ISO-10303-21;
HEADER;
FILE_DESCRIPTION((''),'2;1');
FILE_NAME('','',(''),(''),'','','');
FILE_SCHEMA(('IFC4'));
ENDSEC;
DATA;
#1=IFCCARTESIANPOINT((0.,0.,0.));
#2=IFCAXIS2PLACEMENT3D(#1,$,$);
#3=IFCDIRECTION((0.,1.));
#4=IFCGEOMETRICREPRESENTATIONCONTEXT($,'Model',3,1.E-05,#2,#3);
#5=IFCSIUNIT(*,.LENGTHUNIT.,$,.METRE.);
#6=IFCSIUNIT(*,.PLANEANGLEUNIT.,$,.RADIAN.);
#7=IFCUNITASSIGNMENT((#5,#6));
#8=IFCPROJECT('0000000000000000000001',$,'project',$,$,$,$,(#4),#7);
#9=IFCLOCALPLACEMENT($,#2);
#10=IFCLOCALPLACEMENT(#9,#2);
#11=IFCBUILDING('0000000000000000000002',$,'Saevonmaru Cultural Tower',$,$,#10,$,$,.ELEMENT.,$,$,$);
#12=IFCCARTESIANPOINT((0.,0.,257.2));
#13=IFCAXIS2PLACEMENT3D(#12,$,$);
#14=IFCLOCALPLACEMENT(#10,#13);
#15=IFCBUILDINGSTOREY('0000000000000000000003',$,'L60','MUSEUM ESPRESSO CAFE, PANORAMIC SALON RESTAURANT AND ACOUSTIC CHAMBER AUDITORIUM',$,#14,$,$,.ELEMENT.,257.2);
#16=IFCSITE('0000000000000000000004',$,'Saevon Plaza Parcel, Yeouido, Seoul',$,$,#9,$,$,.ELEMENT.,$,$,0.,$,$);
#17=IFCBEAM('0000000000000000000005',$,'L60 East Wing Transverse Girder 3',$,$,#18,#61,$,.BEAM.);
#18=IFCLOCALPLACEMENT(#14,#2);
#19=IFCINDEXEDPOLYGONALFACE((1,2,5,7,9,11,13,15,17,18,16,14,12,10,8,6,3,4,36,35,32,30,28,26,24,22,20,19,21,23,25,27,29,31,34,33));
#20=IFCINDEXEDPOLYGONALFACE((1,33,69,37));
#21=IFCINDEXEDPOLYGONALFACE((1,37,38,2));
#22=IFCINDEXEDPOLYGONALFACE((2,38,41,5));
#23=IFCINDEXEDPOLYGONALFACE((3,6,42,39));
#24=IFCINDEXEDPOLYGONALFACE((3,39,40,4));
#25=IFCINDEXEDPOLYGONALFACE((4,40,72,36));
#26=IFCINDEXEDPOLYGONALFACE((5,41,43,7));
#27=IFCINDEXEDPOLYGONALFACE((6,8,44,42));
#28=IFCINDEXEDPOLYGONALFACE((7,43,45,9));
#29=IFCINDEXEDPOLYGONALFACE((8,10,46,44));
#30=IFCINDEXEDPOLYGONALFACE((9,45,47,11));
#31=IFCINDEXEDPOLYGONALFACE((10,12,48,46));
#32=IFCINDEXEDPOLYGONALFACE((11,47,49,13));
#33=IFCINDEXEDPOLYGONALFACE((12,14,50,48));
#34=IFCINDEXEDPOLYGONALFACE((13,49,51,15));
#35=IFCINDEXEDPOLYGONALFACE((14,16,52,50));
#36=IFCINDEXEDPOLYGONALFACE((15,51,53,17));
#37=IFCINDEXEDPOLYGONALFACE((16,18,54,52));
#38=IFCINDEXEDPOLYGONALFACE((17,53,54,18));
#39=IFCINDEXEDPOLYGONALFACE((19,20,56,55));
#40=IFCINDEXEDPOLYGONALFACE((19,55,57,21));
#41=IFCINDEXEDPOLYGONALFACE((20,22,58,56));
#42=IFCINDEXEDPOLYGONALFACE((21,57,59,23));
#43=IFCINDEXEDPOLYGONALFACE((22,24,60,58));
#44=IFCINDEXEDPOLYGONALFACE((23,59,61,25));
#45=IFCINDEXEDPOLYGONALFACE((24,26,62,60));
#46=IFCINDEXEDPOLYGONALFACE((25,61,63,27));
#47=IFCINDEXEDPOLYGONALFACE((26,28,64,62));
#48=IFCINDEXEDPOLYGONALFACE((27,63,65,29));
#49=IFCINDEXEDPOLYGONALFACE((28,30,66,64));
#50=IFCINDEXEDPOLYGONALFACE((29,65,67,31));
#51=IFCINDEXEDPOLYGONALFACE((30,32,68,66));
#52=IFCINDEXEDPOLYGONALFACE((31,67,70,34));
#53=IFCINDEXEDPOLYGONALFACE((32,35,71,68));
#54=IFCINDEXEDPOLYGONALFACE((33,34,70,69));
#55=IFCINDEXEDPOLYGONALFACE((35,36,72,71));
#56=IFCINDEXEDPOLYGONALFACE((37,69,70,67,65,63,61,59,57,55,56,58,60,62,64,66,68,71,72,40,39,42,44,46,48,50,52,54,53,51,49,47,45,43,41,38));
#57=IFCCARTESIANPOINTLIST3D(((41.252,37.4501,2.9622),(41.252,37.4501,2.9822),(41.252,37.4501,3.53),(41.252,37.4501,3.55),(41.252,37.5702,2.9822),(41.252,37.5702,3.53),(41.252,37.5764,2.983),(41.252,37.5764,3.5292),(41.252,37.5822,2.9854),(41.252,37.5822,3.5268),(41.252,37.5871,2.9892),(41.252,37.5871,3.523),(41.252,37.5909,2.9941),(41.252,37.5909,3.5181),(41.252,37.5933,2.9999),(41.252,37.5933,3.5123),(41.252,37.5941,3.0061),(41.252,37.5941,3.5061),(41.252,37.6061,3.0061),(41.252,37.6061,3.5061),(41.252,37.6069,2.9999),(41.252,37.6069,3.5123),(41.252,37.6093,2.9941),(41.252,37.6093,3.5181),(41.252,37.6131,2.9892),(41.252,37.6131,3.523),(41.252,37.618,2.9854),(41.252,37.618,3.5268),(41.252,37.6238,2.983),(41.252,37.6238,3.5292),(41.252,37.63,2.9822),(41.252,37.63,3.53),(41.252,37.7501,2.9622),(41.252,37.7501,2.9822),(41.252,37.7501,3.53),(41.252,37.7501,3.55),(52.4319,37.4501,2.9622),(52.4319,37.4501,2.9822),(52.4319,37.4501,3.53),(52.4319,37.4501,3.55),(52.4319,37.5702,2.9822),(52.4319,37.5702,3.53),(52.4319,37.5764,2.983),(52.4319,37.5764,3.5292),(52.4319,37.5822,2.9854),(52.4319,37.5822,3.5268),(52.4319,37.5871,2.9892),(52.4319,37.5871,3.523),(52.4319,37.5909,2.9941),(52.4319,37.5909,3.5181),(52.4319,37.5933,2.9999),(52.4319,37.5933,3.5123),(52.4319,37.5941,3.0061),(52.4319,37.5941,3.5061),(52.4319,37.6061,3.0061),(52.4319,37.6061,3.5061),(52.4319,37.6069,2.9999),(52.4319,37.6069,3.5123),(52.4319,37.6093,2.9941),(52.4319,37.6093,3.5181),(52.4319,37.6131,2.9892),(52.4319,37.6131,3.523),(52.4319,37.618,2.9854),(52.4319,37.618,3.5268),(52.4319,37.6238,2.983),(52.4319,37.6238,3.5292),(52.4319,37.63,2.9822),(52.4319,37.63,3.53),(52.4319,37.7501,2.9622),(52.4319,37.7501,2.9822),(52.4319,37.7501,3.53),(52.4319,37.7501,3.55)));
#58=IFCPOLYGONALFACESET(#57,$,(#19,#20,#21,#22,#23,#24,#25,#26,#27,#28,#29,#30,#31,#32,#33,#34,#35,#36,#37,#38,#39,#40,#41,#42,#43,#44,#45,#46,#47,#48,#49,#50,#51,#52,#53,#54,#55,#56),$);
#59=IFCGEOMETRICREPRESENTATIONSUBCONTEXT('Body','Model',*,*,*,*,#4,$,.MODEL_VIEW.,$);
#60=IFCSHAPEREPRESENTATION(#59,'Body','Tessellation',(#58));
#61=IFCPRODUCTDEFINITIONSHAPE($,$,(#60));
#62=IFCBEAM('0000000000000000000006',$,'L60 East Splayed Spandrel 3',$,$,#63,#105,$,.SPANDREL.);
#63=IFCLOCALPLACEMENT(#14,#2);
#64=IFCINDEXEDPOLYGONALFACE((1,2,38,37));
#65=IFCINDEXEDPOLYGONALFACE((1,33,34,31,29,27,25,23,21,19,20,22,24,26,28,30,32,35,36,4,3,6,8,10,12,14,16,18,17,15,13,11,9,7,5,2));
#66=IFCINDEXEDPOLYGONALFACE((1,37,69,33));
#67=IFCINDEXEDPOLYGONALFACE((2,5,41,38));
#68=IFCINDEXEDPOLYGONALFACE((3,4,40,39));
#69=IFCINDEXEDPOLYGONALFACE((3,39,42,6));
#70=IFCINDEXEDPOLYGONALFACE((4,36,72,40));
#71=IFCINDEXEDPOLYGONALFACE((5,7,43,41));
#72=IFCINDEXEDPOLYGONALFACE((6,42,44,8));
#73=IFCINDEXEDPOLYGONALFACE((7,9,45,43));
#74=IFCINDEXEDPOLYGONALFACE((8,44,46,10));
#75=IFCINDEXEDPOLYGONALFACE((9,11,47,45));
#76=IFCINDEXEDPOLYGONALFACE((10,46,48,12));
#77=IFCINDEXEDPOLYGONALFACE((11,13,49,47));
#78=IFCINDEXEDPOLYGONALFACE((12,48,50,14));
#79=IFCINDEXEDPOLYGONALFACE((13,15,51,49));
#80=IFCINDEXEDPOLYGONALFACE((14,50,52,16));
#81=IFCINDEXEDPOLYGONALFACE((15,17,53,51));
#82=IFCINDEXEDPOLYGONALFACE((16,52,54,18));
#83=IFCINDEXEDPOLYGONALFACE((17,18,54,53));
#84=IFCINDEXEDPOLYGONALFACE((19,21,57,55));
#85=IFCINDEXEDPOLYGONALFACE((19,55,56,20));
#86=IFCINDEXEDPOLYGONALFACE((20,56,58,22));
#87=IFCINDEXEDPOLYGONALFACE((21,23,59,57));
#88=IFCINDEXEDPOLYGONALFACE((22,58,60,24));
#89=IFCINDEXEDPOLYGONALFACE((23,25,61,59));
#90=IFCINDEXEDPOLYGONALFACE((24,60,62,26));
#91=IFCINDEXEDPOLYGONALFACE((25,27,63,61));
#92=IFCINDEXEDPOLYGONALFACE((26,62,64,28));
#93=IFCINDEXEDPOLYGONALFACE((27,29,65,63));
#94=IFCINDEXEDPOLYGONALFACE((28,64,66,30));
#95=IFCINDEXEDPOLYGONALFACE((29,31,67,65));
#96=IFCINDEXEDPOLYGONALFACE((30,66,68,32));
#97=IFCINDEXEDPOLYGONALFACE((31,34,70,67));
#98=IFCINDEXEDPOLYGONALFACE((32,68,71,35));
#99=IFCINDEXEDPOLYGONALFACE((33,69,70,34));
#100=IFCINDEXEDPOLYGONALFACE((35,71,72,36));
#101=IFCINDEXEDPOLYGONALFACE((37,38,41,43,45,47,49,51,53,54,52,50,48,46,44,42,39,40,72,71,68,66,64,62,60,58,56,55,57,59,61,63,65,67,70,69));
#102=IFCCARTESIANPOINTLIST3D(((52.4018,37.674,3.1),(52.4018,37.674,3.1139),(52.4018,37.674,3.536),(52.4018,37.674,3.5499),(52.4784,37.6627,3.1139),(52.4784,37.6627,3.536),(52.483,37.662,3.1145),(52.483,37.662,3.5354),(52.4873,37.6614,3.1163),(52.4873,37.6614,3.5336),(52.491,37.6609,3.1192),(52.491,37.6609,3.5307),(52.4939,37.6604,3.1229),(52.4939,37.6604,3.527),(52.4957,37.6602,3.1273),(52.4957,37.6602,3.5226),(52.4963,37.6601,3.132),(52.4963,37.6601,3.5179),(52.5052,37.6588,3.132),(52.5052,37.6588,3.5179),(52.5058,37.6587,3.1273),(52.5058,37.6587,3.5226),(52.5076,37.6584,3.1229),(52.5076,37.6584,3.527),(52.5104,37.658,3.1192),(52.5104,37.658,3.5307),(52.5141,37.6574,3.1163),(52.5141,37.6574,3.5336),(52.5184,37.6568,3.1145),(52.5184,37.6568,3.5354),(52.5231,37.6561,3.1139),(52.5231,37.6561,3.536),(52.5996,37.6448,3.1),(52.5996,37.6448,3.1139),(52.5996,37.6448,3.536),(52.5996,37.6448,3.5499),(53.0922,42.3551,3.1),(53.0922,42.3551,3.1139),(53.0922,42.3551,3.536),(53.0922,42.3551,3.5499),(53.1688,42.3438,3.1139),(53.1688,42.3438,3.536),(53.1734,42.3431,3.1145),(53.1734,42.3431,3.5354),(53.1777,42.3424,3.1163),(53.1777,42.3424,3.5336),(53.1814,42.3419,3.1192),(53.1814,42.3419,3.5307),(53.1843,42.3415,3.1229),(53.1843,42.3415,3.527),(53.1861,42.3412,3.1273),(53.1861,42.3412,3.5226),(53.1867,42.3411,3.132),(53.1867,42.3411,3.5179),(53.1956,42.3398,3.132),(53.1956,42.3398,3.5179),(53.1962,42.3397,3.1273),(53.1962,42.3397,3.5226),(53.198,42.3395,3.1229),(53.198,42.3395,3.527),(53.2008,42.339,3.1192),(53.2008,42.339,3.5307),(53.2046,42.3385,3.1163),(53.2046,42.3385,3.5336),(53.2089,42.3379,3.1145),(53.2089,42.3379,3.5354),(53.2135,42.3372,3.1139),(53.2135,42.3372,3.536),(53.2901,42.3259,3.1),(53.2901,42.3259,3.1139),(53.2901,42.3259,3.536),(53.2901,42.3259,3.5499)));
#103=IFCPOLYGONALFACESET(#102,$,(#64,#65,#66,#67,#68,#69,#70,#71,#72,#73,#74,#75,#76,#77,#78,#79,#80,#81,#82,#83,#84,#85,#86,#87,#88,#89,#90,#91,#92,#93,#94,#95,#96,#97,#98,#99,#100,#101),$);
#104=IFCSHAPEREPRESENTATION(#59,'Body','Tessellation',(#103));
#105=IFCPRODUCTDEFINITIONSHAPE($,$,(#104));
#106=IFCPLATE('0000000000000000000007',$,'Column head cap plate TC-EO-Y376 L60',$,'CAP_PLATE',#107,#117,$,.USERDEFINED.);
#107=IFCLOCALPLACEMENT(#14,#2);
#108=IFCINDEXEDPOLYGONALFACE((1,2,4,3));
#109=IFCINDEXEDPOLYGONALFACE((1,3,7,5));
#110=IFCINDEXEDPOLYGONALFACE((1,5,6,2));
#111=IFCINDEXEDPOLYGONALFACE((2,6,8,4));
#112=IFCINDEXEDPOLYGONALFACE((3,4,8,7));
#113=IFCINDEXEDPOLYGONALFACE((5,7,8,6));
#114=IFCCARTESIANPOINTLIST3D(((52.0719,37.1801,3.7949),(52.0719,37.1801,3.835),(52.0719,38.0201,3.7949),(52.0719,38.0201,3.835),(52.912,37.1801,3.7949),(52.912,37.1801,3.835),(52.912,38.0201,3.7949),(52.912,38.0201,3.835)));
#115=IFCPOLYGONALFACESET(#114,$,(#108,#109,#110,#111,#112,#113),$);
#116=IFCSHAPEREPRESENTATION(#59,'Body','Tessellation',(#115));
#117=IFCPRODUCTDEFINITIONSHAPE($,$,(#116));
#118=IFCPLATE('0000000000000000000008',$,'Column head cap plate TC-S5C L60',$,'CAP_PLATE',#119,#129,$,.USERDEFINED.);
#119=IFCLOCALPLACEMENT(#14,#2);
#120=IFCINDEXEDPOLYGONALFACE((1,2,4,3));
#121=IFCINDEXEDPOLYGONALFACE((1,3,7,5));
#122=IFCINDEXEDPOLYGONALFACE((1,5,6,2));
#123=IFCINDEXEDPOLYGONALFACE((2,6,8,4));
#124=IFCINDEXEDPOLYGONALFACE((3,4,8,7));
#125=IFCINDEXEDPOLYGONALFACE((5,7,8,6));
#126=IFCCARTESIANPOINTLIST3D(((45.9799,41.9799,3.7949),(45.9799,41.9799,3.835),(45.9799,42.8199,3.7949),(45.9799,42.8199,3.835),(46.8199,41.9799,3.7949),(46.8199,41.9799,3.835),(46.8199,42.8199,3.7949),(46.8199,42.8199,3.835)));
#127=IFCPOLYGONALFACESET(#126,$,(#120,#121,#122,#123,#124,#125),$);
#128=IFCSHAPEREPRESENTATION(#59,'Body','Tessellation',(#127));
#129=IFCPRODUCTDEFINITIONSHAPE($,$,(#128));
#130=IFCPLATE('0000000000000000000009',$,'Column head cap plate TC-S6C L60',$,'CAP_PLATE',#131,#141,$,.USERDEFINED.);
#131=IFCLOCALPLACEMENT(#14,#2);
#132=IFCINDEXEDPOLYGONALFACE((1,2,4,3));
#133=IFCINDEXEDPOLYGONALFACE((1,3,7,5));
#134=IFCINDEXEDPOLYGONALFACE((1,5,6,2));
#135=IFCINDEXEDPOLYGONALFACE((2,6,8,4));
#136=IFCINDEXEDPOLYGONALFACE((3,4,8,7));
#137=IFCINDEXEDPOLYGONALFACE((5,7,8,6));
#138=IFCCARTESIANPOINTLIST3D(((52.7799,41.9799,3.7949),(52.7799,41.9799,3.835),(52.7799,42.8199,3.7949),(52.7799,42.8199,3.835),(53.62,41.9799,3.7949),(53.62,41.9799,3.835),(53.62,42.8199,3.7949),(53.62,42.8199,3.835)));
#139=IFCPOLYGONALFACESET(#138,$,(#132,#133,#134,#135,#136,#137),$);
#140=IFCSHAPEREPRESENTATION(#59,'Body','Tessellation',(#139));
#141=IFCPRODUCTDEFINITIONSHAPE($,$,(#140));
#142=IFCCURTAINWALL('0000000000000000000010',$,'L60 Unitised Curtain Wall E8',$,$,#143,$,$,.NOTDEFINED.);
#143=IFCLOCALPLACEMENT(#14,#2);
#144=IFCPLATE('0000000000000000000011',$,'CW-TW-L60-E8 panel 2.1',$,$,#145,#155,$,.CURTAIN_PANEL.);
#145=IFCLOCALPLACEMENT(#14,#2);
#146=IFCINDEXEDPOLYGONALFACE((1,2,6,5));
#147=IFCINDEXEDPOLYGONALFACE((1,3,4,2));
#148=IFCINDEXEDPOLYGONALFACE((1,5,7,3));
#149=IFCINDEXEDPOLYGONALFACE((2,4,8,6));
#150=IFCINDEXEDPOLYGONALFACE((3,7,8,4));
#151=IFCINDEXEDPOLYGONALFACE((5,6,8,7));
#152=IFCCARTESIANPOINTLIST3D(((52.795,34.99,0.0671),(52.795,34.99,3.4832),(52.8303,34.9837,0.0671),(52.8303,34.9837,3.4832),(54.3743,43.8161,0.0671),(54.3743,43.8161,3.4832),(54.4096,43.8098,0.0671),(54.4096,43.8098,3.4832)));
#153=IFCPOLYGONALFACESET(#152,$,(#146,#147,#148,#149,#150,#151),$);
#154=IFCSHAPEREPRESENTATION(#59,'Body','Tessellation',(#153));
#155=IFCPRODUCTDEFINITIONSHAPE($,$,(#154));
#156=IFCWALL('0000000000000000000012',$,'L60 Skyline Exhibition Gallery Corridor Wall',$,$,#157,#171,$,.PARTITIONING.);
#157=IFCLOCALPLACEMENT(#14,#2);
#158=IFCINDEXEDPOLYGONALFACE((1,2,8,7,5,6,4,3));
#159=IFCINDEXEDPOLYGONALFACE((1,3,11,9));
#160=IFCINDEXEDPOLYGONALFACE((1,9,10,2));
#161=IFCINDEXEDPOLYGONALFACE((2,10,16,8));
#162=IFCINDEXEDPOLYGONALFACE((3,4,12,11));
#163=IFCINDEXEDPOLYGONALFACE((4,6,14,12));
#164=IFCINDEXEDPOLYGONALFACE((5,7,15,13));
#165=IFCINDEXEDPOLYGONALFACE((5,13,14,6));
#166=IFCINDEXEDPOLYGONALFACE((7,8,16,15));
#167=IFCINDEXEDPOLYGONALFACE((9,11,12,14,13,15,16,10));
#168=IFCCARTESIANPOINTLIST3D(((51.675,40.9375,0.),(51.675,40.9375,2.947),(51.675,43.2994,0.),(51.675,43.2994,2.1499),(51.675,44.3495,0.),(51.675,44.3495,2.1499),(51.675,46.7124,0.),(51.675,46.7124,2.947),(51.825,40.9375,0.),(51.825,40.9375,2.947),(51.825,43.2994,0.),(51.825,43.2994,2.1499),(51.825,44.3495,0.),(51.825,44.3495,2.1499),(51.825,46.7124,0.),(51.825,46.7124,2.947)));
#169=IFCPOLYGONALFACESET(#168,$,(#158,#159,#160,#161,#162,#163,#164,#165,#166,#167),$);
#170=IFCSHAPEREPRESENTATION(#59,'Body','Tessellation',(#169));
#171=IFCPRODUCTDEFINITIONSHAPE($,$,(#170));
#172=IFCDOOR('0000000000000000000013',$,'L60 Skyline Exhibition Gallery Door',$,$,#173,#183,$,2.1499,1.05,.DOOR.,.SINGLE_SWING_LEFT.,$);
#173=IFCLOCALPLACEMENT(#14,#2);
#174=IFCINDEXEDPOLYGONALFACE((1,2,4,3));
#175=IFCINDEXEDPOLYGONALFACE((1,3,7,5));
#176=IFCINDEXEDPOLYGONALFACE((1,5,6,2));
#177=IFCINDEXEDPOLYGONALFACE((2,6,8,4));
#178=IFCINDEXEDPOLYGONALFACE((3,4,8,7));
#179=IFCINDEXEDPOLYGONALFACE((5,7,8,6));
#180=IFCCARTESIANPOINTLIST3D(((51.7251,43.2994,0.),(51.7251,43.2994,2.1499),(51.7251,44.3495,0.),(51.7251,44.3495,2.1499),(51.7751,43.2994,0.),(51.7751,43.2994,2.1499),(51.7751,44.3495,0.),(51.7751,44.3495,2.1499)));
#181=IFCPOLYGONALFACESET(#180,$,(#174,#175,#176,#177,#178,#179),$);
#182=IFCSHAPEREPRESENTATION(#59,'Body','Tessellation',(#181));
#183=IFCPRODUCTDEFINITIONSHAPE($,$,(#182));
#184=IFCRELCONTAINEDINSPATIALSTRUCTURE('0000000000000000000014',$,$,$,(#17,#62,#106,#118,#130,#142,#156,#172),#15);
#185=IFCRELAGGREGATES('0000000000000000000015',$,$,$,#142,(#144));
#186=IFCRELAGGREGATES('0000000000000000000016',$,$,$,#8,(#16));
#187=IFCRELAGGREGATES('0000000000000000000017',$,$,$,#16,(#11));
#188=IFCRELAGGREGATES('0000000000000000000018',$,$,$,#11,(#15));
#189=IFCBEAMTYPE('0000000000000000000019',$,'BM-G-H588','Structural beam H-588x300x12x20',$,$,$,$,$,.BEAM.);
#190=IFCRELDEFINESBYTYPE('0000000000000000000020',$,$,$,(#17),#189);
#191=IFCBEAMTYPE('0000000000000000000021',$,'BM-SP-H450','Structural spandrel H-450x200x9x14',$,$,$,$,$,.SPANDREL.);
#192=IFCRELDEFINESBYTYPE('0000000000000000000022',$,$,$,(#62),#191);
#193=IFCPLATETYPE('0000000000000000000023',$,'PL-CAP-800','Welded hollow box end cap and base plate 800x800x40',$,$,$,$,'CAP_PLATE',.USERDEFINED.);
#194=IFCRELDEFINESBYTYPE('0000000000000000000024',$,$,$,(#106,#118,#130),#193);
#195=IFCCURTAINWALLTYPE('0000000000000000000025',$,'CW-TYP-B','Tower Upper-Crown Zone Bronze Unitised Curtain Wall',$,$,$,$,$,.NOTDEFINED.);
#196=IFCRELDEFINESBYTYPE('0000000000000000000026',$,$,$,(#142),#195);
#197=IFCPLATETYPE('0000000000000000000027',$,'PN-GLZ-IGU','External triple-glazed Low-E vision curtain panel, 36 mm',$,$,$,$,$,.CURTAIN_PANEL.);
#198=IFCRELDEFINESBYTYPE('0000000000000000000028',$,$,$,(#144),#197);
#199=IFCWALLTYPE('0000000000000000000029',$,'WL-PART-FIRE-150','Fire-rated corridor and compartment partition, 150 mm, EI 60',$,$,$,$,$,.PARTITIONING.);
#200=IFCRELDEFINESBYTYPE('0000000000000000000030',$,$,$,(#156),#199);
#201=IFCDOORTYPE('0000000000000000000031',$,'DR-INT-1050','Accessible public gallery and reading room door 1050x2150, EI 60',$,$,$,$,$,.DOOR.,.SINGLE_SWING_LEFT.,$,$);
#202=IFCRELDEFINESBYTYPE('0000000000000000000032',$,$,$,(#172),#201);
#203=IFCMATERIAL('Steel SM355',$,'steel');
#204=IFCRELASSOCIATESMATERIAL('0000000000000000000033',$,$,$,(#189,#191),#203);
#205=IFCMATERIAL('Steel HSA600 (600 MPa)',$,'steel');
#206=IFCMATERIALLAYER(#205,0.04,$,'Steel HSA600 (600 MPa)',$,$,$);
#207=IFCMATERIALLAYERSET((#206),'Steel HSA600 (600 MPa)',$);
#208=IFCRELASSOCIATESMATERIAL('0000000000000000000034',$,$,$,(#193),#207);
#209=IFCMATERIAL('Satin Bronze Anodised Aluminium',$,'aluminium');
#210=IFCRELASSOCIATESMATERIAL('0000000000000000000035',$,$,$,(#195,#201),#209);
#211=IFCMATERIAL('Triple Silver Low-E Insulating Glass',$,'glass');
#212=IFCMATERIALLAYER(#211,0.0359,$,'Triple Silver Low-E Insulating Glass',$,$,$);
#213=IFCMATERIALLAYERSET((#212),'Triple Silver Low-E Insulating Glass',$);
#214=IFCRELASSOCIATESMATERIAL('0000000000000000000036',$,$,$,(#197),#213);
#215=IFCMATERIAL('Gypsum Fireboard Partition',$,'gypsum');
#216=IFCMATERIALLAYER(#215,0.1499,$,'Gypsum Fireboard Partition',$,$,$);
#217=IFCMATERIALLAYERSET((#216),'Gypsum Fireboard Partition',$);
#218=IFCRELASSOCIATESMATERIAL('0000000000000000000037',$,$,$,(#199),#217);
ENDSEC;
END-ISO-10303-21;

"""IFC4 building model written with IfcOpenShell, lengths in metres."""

from ifc_helpers import new_model, si_unit, direction, frame, frame_2d, origin, origin_2d, place, context, subcontext, project, spatial, rectangle, i_section, extrude, material, layer, layer_set, material_profile, profile_set, type_object, element, fill, aggregate, save


model = new_model("IFC4")

# Units and contexts
model_context = context("Model", 3, precision=1e-05, world=origin(), true_north=direction((0.0, 1.0)))
body_context = subcontext(model_context, "Body", "Model", "MODEL_VIEW")
ifc_project = project(units=[si_unit("LENGTHUNIT", "METRE"), si_unit("PLANEANGLEUNIT", "RADIAN")], contexts=[model_context])

# Site, building, storey
site_placement = place(None, origin())
site = spatial("IfcSite", under=ifc_project, at=site_placement, Name="Saevon Plaza Parcel, Yeouido, Seoul", CompositionType="ELEMENT", RefElevation=0.0)
building_placement = place(site_placement, origin())
building = spatial("IfcBuilding", under=site, at=building_placement, Name="Saevonmaru Cultural Tower", CompositionType="ELEMENT")
storey_placement = place(building_placement, frame((0.0, 0.0, 257.2)))
storey = spatial("IfcBuildingStorey", under=building, at=storey_placement, Name="L60", Description="MUSEUM ESPRESSO CAFE, PANORAMIC SALON RESTAURANT AND ACOUSTIC CHAMBER AUDITORIUM", CompositionType="ELEMENT", Elevation=257.2)

# Shared definitions
ifc_material_1 = material(Name="Steel SM355", Category="steel")

# Beams
ifc_material_profile_1 = material_profile(ifc_material_1, i_section(OverallWidth=0.3, OverallDepth=0.5879, WebThickness=0.012, FlangeThickness=0.02, FilletRadius=0.0239, at=origin_2d()), Name="H-588x300x12x20")
ifc_profile_set_1 = profile_set([ifc_material_profile_1], Name="Steel SM355")
beam_type_1 = type_object("IfcBeamType", Name="BM-G-H588", Description="Structural beam H-588x300x12x20", PredefinedType="BEAM", material=ifc_profile_set_1)
beam_1_placement = place(storey_placement, frame((41.252, 37.6001, 3.2561), z_axis=(1.0, 0.0, 0.0), x_axis=(0.0, 1.0, 0.0)))
element("IfcBeam", 1, at=beam_1_placement, inside=storey, type_object=beam_type_1, Name="L60 East Wing Transverse Girder 3", PredefinedType="BEAM", context=body_context, shape_type="SweptSolid", body=[
    extrude(i_section(OverallWidth=0.3, OverallDepth=0.5879, WebThickness=0.012, FlangeThickness=0.02, FilletRadius=0.0239, at=origin_2d()), origin(), (0.0, 0.0, 1.0), 11.1799),
])
ifc_material_profile_2 = material_profile(ifc_material_1, i_section(OverallWidth=0.2, OverallDepth=0.45, WebThickness=0.009, FlangeThickness=0.0139, FilletRadius=0.0181, at=origin_2d()), Name="H-450x200x9x14")
ifc_profile_set_2 = profile_set([ifc_material_profile_2], Name="Steel SM355")
beam_type_2 = type_object("IfcBeamType", Name="BM-SP-H450", Description="Structural spandrel H-450x200x9x14", PredefinedType="SPANDREL", material=ifc_profile_set_2)
beam_2_placement = place(storey_placement, frame((52.5007, 37.6594, 3.325), z_axis=(0.145913, 0.989297, 0.0), x_axis=(-0.989297, 0.145913, 0.0)))
element("IfcBeam", 2, at=beam_2_placement, inside=storey, type_object=beam_type_2, Name="L60 East Splayed Spandrel 3", PredefinedType="SPANDREL", context=body_context, shape_type="SweptSolid", body=[
    extrude(i_section(OverallWidth=0.2, OverallDepth=0.45, WebThickness=0.009, FlangeThickness=0.0139, FilletRadius=0.0181, at=origin_2d()), origin(), (0.0, 0.0, 1.0), 4.7317),
])

# Plates
ifc_material_2 = material(Name="Steel HSA600 (600 MPa)", Category="steel")
ifc_layer_1 = layer(ifc_material_2, 0.04, Name="Steel HSA600 (600 MPa)")
ifc_layer_set_1 = layer_set([ifc_layer_1], Name="Steel HSA600 (600 MPa)")
plate_type_1 = type_object("IfcPlateType", Name="PL-CAP-800", Description="Welded hollow box end cap and base plate 800x800x40", ElementType="CAP_PLATE", PredefinedType="USERDEFINED", material=ifc_layer_set_1)
for number, where, z_axis, x_axis, name in (
    (3, (52.4919, 37.6001, 3.7949), (0.0, 0.0, 1.0), (1.0, 0.0, 0.0), "Column head cap plate TC-EO-Y376 L60"),
    (4, (46.3999, 42.3999, 3.7949), (0.0, 0.0, 1.0), (1.0, 0.0, 0.0), "Column head cap plate TC-S5C L60"),
    (5, (53.2, 42.3999, 3.7949), (0.0, 0.0, 1.0), (1.0, 0.0, 0.0), "Column head cap plate TC-S6C L60"),
):
    element("IfcPlate", number, at=place(storey_placement, frame(where, z_axis=z_axis, x_axis=x_axis)), inside=storey, type_object=plate_type_1, Name=name, ObjectType="CAP_PLATE", PredefinedType="USERDEFINED", context=body_context, shape_type="SweptSolid", body=[
        extrude(rectangle(XDim=0.8401, YDim=0.8401, at=origin_2d()), origin(), (0.0, 0.0, 1.0), 0.04),
    ])

# Curtain wall, plate
ifc_material_3 = material(Name="Satin Bronze Anodised Aluminium", Category="aluminium")
curtain_wall_type = type_object("IfcCurtainWallType", Name="CW-TYP-B", Description="Tower Upper-Crown Zone Bronze Unitised Curtain Wall", PredefinedType="NOTDEFINED", material=ifc_material_3)
curtain_wall_placement = place(storey_placement, origin())
curtain_wall = element("IfcCurtainWall", 6, at=curtain_wall_placement, inside=storey, type_object=curtain_wall_type, Name="L60 Unitised Curtain Wall E8", PredefinedType="NOTDEFINED")
ifc_material_4 = material(Name="Triple Silver Low-E Insulating Glass", Category="glass")
ifc_layer_2 = layer(ifc_material_4, 0.0359, Name="Triple Silver Low-E Insulating Glass")
ifc_layer_set_2 = layer_set([ifc_layer_2], Name="Triple Silver Low-E Insulating Glass")
plate_type_2 = type_object("IfcPlateType", Name="PN-GLZ-IGU", Description="External triple-glazed Low-E vision curtain panel, 36 mm", PredefinedType="CURTAIN_PANEL", material=ifc_layer_set_2)
plate_placement = place(storey_placement, frame((53.6023, 39.3999, 0.0671), z_axis=(0.0, 0.0, 1.0), x_axis=(0.176141, 0.984365, 0.0)))
plate = element("IfcPlate", 7, at=plate_placement, type_object=plate_type_2, Name="CW-TW-L60-E8 panel 2.1", PredefinedType="CURTAIN_PANEL", context=body_context, shape_type="SweptSolid", body=[
    extrude(rectangle(XDim=8.9663, YDim=0.0359, at=origin_2d()), origin(), (0.0, 0.0, 1.0), 3.416),
])
aggregate(curtain_wall, [plate])

# Wall, opening, door
ifc_material_5 = material(Name="Gypsum Fireboard Partition", Category="gypsum")
ifc_layer_3 = layer(ifc_material_5, 0.1499, Name="Gypsum Fireboard Partition")
ifc_layer_set_3 = layer_set([ifc_layer_3], Name="Gypsum Fireboard Partition")
wall_type_1 = type_object("IfcWallType", Name="WL-PART-FIRE-150", Description="Fire-rated corridor and compartment partition, 150 mm, EI 60", PredefinedType="PARTITIONING", material=ifc_layer_set_3)
wall_1_placement = place(storey_placement, frame((51.75, 40.9375, 0.0), z_axis=(0.0, 0.0, 1.0), x_axis=(0.0, 1.0, 0.0)))
wall_1 = element("IfcWall", 8, at=wall_1_placement, inside=storey, type_object=wall_type_1, Name="L60 Skyline Exhibition Gallery Corridor Wall", PredefinedType="PARTITIONING", context=body_context, shape_type="SweptSolid", body=[
    extrude(rectangle(XDim=5.7749, YDim=0.1499, at=frame_2d((2.8875, 0.0))), origin(), (0.0, 0.0, 1.0), 2.947),
])
opening_1_placement = place(wall_1_placement, frame((2.3621, 0.0, 0.0)))
opening_1 = element("IfcOpeningElement", 9, at=opening_1_placement, cuts=wall_1, PredefinedType="OPENING", context=body_context, shape_type="SweptSolid", body=[
    extrude(rectangle(XDim=1.05, YDim=2.1499, at=frame_2d((0.5249, 1.075))), frame((0.0, 0.085, 0.0), z_axis=(0.0, -1.0, 0.0), x_axis=(1.0, 0.0, 0.0)), (0.0, 0.0, 1.0), 0.1699),
])
door_type_1 = type_object("IfcDoorType", Name="DR-INT-1050", Description="Accessible public gallery and reading room door 1050x2150, EI 60", OperationType="SINGLE_SWING_LEFT", PredefinedType="DOOR", material=ifc_material_3)
door_1_placement = place(opening_1_placement, origin())
door_1 = element("IfcDoor", 10, at=door_1_placement, inside=storey, type_object=door_type_1, Name="L60 Skyline Exhibition Gallery Door", OperationType="SINGLE_SWING_LEFT", OverallHeight=2.1499, OverallWidth=1.05, PredefinedType="DOOR", context=body_context, shape_type="SweptSolid", body=[
    extrude(rectangle(XDim=1.05, YDim=2.1499, at=frame_2d((0.5249, 1.075))), frame((0.0, 0.0249, 0.0), z_axis=(0.0, -1.0, 0.0), x_axis=(1.0, 0.0, 0.0)), (0.0, 0.0, 1.0), 0.05),
])
fill(opening_1, door_1)

save(model, "model.ifc")
